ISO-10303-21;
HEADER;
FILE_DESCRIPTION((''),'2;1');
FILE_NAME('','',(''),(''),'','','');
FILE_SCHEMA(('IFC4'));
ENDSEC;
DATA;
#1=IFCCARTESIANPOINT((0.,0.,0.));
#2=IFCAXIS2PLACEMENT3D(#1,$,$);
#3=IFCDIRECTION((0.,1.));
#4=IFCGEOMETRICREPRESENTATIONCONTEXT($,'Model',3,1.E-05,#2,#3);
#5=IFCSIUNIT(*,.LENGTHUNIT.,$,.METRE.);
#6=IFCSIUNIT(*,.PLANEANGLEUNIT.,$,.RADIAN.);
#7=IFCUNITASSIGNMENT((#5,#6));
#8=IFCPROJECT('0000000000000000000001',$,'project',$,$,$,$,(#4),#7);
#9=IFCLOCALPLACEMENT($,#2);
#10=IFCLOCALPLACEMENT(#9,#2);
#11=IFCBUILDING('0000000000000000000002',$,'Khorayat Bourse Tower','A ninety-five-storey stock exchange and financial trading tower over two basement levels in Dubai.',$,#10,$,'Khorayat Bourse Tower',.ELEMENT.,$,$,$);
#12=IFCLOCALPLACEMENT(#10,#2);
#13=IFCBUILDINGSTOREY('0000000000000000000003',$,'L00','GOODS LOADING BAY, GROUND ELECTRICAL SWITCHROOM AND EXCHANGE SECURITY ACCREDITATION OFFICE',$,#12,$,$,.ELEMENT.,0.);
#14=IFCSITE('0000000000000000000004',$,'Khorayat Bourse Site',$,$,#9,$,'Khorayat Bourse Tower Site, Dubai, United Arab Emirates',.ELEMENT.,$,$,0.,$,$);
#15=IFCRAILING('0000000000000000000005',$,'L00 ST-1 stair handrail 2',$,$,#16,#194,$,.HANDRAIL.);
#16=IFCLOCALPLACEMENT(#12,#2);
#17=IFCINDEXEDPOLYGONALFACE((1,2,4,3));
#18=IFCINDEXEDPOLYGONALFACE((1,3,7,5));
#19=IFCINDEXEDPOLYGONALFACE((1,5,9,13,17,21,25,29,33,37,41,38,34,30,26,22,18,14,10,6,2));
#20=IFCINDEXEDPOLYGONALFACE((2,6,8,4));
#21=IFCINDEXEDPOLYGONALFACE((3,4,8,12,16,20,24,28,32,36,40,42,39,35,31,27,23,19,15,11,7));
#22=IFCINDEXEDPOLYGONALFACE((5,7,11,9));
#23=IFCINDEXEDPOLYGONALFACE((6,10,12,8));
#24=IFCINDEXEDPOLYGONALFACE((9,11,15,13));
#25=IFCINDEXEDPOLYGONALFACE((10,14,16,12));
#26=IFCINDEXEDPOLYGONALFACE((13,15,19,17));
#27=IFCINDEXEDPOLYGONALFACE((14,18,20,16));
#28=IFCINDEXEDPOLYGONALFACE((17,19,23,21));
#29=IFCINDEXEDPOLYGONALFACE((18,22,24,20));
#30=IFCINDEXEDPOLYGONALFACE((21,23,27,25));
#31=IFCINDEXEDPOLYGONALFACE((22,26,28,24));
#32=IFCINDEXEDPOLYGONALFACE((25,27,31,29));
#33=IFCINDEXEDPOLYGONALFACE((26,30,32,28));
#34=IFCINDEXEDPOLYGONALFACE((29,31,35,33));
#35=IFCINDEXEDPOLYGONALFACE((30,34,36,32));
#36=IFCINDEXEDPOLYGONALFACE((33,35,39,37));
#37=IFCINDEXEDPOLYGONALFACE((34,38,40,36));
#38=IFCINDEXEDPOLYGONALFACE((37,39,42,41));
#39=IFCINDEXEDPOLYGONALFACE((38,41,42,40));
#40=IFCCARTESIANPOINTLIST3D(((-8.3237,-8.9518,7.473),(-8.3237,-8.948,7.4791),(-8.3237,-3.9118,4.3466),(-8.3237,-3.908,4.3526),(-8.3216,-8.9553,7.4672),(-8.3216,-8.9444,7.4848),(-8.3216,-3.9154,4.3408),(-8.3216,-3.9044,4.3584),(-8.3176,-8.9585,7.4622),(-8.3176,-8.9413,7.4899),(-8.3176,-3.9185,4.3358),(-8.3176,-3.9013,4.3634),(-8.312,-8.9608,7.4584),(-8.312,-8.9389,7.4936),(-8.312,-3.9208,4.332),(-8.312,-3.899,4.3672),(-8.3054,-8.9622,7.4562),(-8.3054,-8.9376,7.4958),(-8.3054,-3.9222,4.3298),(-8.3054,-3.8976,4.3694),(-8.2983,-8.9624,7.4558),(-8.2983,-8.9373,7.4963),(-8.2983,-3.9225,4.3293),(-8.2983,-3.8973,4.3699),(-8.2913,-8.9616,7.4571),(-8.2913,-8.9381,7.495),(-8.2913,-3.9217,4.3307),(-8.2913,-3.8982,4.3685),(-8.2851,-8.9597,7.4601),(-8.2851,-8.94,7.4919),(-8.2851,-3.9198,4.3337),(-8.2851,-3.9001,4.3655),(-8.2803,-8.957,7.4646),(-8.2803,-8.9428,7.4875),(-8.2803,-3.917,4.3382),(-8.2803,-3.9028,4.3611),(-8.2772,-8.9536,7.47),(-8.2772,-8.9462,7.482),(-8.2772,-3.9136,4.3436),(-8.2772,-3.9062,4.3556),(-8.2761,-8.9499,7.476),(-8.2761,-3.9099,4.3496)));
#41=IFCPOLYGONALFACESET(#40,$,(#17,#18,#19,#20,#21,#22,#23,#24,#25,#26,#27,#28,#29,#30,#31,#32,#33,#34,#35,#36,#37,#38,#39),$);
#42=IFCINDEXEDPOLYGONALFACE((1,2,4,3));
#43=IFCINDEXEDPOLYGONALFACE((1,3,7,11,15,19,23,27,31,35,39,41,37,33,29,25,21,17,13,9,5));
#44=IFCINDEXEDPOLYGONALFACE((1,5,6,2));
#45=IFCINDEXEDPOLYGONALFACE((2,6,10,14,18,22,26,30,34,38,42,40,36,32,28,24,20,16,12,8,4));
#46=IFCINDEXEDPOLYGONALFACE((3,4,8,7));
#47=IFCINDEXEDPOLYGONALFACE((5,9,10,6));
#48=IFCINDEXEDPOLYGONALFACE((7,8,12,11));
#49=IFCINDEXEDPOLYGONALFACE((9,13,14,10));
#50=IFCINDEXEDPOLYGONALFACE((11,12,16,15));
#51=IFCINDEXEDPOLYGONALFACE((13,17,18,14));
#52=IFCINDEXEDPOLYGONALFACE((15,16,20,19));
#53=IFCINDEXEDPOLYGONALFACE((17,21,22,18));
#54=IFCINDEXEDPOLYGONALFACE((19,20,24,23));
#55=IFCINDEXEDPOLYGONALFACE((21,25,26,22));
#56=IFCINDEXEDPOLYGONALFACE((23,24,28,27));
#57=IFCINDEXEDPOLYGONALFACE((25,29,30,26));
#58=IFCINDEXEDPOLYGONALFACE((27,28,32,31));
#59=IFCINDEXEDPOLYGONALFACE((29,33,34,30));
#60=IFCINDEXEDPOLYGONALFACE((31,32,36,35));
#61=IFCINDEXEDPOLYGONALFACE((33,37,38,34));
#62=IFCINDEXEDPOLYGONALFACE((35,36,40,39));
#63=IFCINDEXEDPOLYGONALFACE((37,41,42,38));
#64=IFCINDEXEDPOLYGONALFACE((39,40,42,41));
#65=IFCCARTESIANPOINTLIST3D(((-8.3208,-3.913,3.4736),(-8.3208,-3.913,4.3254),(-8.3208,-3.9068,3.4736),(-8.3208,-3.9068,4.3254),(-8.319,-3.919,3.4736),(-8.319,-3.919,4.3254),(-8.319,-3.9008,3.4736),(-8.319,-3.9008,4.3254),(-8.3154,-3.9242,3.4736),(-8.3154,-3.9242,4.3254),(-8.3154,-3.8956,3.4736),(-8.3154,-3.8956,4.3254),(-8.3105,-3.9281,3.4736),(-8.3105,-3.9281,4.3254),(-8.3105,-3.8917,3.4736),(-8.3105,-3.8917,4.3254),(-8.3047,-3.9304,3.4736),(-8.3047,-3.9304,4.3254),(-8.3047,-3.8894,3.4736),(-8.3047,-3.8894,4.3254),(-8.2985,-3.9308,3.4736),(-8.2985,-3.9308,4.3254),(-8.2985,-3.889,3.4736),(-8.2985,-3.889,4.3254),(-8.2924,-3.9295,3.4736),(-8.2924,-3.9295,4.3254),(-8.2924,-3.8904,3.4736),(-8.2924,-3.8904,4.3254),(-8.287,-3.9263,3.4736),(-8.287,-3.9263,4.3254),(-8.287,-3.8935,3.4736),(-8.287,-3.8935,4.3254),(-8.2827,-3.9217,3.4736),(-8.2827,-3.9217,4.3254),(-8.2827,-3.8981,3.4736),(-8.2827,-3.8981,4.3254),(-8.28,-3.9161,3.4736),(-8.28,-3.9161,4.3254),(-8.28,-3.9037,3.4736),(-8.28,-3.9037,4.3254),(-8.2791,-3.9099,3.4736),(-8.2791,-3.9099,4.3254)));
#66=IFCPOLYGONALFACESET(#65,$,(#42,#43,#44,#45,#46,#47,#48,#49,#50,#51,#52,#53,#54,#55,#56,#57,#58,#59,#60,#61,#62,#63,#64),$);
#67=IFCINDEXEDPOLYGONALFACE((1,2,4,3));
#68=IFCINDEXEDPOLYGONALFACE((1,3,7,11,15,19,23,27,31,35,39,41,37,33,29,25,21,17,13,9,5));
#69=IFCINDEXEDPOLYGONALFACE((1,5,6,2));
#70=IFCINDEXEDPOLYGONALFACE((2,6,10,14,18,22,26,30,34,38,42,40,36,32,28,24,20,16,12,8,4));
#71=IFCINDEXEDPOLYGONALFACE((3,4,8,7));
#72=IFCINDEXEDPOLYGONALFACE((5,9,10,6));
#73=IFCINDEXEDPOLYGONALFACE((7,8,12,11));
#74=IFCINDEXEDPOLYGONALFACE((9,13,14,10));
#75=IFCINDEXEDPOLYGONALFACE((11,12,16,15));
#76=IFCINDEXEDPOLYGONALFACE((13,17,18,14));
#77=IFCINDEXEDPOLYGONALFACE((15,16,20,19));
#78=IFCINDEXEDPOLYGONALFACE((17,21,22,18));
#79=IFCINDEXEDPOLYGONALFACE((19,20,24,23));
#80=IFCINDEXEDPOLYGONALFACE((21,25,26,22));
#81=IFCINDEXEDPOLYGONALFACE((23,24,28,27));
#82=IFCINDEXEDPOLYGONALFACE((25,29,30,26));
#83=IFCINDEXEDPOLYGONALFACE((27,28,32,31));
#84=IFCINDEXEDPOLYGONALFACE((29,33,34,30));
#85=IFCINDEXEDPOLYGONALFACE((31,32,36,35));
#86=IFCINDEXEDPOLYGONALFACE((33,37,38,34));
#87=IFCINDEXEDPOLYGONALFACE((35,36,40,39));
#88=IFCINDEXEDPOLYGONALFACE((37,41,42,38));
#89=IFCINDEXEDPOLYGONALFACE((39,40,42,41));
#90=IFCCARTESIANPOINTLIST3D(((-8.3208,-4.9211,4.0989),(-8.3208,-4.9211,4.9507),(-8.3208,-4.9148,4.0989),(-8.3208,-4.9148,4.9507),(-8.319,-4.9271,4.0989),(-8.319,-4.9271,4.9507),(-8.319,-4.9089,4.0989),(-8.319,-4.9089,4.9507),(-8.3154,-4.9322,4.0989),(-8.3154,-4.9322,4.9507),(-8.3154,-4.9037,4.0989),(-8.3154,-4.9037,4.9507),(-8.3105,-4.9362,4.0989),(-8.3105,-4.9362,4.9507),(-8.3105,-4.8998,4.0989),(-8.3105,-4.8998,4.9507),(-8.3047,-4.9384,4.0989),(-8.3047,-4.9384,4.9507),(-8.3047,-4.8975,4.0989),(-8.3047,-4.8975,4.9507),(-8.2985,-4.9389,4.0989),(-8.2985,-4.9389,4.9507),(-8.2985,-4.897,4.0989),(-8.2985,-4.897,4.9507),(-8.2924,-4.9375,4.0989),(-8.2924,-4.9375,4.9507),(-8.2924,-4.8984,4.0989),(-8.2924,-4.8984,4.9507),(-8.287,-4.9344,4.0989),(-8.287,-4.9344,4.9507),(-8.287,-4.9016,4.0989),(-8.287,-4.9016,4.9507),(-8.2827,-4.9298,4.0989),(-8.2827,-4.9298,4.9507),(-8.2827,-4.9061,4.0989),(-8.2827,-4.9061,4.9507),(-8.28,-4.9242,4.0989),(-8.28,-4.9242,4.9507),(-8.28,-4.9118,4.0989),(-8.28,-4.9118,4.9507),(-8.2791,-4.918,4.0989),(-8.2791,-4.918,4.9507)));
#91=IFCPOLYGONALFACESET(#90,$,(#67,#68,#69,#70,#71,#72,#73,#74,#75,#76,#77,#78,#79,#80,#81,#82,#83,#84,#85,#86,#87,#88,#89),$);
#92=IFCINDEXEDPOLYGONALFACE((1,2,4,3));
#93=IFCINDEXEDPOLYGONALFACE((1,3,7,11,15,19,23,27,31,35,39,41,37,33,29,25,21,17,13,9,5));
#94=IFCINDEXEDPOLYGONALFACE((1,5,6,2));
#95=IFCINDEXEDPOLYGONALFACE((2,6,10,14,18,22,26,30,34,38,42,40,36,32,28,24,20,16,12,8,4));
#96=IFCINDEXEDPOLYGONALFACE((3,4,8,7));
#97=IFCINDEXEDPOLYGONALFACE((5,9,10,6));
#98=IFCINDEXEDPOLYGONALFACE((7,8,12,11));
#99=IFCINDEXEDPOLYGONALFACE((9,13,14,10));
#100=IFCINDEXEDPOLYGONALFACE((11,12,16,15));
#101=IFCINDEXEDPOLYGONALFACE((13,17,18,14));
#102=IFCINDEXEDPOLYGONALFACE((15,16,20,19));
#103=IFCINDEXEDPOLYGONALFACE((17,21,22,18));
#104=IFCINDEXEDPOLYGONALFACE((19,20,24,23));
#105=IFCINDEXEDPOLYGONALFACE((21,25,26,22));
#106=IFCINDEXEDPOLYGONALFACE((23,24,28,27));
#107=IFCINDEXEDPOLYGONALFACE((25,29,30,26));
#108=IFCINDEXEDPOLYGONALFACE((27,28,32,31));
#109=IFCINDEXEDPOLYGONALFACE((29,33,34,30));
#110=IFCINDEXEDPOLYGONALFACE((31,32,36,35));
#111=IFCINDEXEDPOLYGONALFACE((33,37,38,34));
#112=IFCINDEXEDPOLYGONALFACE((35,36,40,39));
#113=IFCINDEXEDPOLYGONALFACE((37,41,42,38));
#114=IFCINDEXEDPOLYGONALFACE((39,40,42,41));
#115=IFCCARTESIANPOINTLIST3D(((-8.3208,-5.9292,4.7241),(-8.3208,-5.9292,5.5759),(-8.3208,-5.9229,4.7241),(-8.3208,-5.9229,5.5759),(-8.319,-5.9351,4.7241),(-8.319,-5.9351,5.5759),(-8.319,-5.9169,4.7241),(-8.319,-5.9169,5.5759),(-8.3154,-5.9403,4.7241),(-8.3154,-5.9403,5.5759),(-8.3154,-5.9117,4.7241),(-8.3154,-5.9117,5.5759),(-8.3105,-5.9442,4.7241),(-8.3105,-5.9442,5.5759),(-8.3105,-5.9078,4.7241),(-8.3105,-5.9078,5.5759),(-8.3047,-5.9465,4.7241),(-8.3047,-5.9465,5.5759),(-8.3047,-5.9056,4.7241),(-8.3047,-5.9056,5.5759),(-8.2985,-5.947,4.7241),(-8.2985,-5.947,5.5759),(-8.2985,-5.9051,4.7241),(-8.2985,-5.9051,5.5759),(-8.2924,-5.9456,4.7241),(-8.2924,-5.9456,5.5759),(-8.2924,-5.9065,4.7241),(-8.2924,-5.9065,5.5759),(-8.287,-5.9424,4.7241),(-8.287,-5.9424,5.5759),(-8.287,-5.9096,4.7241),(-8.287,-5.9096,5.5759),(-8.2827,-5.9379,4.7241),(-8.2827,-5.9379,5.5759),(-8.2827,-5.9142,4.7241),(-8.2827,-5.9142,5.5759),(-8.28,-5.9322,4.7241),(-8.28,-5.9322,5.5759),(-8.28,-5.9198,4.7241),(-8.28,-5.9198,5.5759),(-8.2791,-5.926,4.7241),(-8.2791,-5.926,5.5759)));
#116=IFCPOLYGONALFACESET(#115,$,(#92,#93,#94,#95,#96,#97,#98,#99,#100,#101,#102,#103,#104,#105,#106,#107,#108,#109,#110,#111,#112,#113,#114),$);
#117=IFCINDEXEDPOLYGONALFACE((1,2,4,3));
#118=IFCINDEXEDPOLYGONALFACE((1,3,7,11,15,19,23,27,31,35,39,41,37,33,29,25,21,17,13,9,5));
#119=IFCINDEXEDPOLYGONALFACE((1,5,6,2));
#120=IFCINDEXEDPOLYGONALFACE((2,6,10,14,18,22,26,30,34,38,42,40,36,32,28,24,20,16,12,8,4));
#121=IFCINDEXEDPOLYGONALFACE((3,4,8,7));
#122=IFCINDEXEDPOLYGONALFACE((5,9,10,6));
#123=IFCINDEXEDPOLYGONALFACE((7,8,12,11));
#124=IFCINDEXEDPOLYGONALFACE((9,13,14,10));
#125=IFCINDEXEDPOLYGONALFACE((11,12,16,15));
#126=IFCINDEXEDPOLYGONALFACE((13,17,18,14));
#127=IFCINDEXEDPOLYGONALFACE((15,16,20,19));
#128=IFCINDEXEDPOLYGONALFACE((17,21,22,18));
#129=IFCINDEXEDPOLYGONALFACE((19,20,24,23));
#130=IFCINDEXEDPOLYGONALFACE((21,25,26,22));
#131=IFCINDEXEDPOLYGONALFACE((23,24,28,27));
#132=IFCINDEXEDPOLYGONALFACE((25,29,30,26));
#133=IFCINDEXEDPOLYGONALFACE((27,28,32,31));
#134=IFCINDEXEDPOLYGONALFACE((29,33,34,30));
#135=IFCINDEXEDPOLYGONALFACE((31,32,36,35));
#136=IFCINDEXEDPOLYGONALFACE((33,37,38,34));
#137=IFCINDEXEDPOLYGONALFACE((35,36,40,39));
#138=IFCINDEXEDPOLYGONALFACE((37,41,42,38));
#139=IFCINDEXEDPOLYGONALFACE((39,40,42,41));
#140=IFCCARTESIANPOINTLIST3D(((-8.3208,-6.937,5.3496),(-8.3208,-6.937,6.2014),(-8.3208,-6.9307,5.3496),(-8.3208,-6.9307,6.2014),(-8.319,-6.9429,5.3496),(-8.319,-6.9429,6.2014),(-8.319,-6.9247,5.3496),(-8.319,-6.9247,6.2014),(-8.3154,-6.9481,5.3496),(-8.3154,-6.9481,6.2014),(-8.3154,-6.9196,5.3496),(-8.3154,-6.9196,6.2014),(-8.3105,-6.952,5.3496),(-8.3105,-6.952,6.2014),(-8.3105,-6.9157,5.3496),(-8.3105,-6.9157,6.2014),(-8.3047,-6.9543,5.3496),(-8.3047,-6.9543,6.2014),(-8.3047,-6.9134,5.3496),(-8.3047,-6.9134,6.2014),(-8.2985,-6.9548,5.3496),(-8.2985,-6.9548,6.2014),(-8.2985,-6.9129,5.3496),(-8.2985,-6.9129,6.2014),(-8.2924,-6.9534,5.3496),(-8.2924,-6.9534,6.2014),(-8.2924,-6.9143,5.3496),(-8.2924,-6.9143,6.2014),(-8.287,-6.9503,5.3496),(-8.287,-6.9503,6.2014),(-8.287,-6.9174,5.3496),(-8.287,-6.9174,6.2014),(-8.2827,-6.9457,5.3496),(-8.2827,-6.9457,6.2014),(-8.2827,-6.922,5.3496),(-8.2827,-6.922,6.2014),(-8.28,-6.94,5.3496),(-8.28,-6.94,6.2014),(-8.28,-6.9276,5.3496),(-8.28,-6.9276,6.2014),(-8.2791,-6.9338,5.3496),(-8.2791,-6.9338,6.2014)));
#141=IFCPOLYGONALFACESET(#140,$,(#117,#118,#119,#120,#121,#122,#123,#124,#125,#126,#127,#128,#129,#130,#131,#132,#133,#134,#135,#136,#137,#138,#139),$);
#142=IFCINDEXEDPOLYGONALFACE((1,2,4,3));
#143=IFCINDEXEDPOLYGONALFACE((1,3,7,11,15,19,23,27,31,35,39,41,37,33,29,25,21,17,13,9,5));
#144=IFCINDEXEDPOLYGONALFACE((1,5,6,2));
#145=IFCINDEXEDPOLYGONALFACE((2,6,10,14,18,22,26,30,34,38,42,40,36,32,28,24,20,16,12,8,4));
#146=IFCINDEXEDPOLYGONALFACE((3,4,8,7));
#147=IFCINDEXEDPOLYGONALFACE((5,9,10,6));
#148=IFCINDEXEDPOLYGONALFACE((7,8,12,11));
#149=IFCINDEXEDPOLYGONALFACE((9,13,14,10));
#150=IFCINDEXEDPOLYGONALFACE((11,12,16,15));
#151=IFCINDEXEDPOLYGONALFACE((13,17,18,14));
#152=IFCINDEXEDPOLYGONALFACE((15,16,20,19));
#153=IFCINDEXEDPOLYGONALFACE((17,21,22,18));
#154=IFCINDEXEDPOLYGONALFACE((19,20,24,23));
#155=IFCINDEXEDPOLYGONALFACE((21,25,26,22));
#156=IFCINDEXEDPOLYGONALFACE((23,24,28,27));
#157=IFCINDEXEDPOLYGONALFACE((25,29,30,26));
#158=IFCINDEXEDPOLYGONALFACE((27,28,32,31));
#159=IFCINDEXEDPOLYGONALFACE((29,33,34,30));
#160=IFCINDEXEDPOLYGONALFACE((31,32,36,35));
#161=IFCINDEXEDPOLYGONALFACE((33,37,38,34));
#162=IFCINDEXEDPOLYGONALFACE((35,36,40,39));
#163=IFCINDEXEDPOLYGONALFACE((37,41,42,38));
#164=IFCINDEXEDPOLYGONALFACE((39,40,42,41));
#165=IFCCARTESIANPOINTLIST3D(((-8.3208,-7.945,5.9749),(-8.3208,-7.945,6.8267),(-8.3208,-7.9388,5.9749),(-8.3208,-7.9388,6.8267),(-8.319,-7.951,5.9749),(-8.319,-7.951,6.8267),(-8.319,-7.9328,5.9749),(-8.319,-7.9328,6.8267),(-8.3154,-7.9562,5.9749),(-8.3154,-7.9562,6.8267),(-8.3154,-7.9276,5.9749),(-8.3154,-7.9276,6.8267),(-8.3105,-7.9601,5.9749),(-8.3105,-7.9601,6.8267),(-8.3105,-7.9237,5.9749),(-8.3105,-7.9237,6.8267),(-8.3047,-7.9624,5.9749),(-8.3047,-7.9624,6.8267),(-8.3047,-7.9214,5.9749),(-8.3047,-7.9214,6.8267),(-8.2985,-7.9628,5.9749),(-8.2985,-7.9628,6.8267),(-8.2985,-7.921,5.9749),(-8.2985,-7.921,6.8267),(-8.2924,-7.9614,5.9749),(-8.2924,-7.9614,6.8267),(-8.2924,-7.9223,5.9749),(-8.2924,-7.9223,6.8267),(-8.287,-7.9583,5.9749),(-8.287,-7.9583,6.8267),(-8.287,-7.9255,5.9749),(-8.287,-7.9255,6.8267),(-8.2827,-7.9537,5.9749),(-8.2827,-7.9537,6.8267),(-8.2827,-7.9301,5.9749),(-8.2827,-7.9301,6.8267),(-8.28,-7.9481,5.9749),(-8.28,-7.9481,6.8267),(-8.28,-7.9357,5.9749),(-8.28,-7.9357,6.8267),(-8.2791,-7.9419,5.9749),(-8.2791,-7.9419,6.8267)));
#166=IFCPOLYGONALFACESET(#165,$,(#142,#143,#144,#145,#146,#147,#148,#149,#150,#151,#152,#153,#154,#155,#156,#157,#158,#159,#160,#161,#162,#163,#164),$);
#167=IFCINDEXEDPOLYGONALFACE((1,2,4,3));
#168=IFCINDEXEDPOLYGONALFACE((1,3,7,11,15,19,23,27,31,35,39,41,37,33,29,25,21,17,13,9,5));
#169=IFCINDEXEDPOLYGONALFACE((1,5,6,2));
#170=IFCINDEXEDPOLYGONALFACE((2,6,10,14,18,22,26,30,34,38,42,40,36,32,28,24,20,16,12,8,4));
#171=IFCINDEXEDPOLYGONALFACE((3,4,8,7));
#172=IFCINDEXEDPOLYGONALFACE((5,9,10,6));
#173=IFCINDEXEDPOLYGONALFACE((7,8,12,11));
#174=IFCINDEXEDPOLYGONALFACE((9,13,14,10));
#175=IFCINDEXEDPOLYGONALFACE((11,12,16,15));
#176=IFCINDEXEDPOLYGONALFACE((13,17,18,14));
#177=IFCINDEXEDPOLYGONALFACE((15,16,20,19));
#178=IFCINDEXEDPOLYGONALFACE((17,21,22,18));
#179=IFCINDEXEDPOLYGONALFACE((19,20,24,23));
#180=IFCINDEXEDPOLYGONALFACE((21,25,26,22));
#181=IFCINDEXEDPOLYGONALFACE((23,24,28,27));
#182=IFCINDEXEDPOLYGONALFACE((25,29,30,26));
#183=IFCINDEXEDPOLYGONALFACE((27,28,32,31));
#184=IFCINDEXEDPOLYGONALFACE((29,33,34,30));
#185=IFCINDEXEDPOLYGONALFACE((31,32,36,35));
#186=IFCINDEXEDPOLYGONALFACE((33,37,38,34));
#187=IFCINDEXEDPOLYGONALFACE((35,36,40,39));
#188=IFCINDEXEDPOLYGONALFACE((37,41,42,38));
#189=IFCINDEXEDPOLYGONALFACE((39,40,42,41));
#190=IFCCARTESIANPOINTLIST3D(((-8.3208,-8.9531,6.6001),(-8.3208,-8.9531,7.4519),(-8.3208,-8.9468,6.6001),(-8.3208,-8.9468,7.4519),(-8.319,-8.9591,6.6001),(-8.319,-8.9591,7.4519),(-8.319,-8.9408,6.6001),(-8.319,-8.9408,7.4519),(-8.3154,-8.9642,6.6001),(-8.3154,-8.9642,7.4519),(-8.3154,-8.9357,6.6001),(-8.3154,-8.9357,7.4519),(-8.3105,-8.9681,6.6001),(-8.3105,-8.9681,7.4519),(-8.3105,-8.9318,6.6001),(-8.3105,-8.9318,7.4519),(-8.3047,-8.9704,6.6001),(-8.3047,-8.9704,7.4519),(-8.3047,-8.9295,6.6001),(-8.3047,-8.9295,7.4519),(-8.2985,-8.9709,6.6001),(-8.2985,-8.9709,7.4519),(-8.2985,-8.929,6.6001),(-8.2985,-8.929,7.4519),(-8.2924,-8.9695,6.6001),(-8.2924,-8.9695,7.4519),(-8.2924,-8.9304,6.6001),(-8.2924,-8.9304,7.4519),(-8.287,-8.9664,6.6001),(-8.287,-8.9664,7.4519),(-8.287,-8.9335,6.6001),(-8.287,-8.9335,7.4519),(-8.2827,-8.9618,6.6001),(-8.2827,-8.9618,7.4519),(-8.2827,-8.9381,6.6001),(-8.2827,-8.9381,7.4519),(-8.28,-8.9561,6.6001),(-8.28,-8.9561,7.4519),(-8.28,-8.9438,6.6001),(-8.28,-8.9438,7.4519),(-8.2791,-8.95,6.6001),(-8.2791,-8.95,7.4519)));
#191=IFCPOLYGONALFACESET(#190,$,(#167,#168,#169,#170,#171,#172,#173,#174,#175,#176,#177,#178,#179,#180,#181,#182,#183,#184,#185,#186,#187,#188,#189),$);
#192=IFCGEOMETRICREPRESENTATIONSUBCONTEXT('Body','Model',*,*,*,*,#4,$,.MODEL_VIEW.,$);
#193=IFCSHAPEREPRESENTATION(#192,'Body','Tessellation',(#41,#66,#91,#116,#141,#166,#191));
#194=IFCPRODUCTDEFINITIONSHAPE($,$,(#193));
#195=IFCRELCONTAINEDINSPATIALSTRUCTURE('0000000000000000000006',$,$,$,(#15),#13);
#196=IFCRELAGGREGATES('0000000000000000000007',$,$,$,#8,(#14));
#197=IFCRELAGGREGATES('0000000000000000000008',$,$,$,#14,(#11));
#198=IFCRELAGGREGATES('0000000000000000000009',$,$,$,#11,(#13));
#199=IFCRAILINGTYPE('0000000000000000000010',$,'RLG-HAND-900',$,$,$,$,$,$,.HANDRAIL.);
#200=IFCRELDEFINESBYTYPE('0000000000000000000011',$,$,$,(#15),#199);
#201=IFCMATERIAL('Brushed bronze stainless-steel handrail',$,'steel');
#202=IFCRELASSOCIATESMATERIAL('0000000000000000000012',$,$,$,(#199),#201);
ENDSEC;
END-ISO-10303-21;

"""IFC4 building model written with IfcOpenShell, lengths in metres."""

from ifc_helpers import new_model, si_unit, direction, frame, origin, origin_2d, place, context, subcontext, project, spatial, circle, extrude, source, transform, mapped, material, type_object, element, save


model = new_model("IFC4")

# Units and contexts
model_context = context("Model", 3, precision=1e-05, world=origin(), true_north=direction((0.0, 1.0)))
body_context = subcontext(model_context, "Body", "Model", "MODEL_VIEW")
ifc_project = project(units=[si_unit("LENGTHUNIT", "METRE"), si_unit("PLANEANGLEUNIT", "RADIAN")], contexts=[model_context])

# Site, building, storey
site_placement = place(None, origin())
site = spatial("IfcSite", under=ifc_project, at=site_placement, Name="Khorayat Bourse Site", LongName="Khorayat Bourse Tower Site, Dubai, United Arab Emirates", CompositionType="ELEMENT", RefElevation=0.0)
building_placement = place(site_placement, origin())
building = spatial("IfcBuilding", under=site, at=building_placement, Name="Khorayat Bourse Tower", Description="A ninety-five-storey stock exchange and financial trading tower over two basement levels in Dubai.", LongName="Khorayat Bourse Tower", CompositionType="ELEMENT")
storey_placement = place(building_placement, origin())
storey = spatial("IfcBuildingStorey", under=building, at=storey_placement, Name="L00", Description="GOODS LOADING BAY, GROUND ELECTRICAL SWITCHROOM AND EXCHANGE SECURITY ACCREDITATION OFFICE", CompositionType="ELEMENT", Elevation=0.0)

# Railing
ifc_material_1 = material(Name="Brushed bronze stainless-steel handrail", Category="steel")
railing_type_1 = type_object("IfcRailingType", Name="RLG-HAND-900", PredefinedType="HANDRAIL", material=ifc_material_1)
shared_shape_1 = source(origin(), body_context, "Body", "SweptSolid", [
    extrude(circle(Radius=0.0239, at=origin_2d()), frame((0.0, 0.0, 0.876), z_axis=(0.0, -0.849779, 0.527139), x_axis=(1.0, 0.0, 0.0)), (0.0, 0.0, 1.0), 5.9309),
    extrude(circle(Radius=0.021, at=origin_2d()), origin(), (0.0, 0.0, 1.0), 0.8518),
    extrude(circle(Radius=0.021, at=origin_2d()), frame((0.0, -1.0081, 0.6252)), (0.0, 0.0, 1.0), 0.8518),
    extrude(circle(Radius=0.021, at=origin_2d()), frame((0.0, -2.0161, 1.2505)), (0.0, 0.0, 1.0), 0.8518),
    extrude(circle(Radius=0.021, at=origin_2d()), frame((0.0, -3.0239, 1.876)), (0.0, 0.0, 1.0), 0.8518),
    extrude(circle(Radius=0.021, at=origin_2d()), frame((0.0, -4.032, 2.5012)), (0.0, 0.0, 1.0), 0.8518),
    extrude(circle(Radius=0.021, at=origin_2d()), frame((0.0, -5.04, 3.1265)), (0.0, 0.0, 1.0), 0.8518),
])
railing_1_placement = place(storey_placement, frame((-8.3, -3.9099, 3.4736)))
element("IfcRailing", 1, at=railing_1_placement, inside=storey, type_object=railing_type_1, Name="L00 ST-1 stair handrail 2", PredefinedType="HANDRAIL", context=body_context, shape_type="MappedRepresentation", body=[
    mapped(shared_shape_1, transform((0.0, 0.0, 0.0), scale=1.0)),
])

save(model, "model.ifc")
